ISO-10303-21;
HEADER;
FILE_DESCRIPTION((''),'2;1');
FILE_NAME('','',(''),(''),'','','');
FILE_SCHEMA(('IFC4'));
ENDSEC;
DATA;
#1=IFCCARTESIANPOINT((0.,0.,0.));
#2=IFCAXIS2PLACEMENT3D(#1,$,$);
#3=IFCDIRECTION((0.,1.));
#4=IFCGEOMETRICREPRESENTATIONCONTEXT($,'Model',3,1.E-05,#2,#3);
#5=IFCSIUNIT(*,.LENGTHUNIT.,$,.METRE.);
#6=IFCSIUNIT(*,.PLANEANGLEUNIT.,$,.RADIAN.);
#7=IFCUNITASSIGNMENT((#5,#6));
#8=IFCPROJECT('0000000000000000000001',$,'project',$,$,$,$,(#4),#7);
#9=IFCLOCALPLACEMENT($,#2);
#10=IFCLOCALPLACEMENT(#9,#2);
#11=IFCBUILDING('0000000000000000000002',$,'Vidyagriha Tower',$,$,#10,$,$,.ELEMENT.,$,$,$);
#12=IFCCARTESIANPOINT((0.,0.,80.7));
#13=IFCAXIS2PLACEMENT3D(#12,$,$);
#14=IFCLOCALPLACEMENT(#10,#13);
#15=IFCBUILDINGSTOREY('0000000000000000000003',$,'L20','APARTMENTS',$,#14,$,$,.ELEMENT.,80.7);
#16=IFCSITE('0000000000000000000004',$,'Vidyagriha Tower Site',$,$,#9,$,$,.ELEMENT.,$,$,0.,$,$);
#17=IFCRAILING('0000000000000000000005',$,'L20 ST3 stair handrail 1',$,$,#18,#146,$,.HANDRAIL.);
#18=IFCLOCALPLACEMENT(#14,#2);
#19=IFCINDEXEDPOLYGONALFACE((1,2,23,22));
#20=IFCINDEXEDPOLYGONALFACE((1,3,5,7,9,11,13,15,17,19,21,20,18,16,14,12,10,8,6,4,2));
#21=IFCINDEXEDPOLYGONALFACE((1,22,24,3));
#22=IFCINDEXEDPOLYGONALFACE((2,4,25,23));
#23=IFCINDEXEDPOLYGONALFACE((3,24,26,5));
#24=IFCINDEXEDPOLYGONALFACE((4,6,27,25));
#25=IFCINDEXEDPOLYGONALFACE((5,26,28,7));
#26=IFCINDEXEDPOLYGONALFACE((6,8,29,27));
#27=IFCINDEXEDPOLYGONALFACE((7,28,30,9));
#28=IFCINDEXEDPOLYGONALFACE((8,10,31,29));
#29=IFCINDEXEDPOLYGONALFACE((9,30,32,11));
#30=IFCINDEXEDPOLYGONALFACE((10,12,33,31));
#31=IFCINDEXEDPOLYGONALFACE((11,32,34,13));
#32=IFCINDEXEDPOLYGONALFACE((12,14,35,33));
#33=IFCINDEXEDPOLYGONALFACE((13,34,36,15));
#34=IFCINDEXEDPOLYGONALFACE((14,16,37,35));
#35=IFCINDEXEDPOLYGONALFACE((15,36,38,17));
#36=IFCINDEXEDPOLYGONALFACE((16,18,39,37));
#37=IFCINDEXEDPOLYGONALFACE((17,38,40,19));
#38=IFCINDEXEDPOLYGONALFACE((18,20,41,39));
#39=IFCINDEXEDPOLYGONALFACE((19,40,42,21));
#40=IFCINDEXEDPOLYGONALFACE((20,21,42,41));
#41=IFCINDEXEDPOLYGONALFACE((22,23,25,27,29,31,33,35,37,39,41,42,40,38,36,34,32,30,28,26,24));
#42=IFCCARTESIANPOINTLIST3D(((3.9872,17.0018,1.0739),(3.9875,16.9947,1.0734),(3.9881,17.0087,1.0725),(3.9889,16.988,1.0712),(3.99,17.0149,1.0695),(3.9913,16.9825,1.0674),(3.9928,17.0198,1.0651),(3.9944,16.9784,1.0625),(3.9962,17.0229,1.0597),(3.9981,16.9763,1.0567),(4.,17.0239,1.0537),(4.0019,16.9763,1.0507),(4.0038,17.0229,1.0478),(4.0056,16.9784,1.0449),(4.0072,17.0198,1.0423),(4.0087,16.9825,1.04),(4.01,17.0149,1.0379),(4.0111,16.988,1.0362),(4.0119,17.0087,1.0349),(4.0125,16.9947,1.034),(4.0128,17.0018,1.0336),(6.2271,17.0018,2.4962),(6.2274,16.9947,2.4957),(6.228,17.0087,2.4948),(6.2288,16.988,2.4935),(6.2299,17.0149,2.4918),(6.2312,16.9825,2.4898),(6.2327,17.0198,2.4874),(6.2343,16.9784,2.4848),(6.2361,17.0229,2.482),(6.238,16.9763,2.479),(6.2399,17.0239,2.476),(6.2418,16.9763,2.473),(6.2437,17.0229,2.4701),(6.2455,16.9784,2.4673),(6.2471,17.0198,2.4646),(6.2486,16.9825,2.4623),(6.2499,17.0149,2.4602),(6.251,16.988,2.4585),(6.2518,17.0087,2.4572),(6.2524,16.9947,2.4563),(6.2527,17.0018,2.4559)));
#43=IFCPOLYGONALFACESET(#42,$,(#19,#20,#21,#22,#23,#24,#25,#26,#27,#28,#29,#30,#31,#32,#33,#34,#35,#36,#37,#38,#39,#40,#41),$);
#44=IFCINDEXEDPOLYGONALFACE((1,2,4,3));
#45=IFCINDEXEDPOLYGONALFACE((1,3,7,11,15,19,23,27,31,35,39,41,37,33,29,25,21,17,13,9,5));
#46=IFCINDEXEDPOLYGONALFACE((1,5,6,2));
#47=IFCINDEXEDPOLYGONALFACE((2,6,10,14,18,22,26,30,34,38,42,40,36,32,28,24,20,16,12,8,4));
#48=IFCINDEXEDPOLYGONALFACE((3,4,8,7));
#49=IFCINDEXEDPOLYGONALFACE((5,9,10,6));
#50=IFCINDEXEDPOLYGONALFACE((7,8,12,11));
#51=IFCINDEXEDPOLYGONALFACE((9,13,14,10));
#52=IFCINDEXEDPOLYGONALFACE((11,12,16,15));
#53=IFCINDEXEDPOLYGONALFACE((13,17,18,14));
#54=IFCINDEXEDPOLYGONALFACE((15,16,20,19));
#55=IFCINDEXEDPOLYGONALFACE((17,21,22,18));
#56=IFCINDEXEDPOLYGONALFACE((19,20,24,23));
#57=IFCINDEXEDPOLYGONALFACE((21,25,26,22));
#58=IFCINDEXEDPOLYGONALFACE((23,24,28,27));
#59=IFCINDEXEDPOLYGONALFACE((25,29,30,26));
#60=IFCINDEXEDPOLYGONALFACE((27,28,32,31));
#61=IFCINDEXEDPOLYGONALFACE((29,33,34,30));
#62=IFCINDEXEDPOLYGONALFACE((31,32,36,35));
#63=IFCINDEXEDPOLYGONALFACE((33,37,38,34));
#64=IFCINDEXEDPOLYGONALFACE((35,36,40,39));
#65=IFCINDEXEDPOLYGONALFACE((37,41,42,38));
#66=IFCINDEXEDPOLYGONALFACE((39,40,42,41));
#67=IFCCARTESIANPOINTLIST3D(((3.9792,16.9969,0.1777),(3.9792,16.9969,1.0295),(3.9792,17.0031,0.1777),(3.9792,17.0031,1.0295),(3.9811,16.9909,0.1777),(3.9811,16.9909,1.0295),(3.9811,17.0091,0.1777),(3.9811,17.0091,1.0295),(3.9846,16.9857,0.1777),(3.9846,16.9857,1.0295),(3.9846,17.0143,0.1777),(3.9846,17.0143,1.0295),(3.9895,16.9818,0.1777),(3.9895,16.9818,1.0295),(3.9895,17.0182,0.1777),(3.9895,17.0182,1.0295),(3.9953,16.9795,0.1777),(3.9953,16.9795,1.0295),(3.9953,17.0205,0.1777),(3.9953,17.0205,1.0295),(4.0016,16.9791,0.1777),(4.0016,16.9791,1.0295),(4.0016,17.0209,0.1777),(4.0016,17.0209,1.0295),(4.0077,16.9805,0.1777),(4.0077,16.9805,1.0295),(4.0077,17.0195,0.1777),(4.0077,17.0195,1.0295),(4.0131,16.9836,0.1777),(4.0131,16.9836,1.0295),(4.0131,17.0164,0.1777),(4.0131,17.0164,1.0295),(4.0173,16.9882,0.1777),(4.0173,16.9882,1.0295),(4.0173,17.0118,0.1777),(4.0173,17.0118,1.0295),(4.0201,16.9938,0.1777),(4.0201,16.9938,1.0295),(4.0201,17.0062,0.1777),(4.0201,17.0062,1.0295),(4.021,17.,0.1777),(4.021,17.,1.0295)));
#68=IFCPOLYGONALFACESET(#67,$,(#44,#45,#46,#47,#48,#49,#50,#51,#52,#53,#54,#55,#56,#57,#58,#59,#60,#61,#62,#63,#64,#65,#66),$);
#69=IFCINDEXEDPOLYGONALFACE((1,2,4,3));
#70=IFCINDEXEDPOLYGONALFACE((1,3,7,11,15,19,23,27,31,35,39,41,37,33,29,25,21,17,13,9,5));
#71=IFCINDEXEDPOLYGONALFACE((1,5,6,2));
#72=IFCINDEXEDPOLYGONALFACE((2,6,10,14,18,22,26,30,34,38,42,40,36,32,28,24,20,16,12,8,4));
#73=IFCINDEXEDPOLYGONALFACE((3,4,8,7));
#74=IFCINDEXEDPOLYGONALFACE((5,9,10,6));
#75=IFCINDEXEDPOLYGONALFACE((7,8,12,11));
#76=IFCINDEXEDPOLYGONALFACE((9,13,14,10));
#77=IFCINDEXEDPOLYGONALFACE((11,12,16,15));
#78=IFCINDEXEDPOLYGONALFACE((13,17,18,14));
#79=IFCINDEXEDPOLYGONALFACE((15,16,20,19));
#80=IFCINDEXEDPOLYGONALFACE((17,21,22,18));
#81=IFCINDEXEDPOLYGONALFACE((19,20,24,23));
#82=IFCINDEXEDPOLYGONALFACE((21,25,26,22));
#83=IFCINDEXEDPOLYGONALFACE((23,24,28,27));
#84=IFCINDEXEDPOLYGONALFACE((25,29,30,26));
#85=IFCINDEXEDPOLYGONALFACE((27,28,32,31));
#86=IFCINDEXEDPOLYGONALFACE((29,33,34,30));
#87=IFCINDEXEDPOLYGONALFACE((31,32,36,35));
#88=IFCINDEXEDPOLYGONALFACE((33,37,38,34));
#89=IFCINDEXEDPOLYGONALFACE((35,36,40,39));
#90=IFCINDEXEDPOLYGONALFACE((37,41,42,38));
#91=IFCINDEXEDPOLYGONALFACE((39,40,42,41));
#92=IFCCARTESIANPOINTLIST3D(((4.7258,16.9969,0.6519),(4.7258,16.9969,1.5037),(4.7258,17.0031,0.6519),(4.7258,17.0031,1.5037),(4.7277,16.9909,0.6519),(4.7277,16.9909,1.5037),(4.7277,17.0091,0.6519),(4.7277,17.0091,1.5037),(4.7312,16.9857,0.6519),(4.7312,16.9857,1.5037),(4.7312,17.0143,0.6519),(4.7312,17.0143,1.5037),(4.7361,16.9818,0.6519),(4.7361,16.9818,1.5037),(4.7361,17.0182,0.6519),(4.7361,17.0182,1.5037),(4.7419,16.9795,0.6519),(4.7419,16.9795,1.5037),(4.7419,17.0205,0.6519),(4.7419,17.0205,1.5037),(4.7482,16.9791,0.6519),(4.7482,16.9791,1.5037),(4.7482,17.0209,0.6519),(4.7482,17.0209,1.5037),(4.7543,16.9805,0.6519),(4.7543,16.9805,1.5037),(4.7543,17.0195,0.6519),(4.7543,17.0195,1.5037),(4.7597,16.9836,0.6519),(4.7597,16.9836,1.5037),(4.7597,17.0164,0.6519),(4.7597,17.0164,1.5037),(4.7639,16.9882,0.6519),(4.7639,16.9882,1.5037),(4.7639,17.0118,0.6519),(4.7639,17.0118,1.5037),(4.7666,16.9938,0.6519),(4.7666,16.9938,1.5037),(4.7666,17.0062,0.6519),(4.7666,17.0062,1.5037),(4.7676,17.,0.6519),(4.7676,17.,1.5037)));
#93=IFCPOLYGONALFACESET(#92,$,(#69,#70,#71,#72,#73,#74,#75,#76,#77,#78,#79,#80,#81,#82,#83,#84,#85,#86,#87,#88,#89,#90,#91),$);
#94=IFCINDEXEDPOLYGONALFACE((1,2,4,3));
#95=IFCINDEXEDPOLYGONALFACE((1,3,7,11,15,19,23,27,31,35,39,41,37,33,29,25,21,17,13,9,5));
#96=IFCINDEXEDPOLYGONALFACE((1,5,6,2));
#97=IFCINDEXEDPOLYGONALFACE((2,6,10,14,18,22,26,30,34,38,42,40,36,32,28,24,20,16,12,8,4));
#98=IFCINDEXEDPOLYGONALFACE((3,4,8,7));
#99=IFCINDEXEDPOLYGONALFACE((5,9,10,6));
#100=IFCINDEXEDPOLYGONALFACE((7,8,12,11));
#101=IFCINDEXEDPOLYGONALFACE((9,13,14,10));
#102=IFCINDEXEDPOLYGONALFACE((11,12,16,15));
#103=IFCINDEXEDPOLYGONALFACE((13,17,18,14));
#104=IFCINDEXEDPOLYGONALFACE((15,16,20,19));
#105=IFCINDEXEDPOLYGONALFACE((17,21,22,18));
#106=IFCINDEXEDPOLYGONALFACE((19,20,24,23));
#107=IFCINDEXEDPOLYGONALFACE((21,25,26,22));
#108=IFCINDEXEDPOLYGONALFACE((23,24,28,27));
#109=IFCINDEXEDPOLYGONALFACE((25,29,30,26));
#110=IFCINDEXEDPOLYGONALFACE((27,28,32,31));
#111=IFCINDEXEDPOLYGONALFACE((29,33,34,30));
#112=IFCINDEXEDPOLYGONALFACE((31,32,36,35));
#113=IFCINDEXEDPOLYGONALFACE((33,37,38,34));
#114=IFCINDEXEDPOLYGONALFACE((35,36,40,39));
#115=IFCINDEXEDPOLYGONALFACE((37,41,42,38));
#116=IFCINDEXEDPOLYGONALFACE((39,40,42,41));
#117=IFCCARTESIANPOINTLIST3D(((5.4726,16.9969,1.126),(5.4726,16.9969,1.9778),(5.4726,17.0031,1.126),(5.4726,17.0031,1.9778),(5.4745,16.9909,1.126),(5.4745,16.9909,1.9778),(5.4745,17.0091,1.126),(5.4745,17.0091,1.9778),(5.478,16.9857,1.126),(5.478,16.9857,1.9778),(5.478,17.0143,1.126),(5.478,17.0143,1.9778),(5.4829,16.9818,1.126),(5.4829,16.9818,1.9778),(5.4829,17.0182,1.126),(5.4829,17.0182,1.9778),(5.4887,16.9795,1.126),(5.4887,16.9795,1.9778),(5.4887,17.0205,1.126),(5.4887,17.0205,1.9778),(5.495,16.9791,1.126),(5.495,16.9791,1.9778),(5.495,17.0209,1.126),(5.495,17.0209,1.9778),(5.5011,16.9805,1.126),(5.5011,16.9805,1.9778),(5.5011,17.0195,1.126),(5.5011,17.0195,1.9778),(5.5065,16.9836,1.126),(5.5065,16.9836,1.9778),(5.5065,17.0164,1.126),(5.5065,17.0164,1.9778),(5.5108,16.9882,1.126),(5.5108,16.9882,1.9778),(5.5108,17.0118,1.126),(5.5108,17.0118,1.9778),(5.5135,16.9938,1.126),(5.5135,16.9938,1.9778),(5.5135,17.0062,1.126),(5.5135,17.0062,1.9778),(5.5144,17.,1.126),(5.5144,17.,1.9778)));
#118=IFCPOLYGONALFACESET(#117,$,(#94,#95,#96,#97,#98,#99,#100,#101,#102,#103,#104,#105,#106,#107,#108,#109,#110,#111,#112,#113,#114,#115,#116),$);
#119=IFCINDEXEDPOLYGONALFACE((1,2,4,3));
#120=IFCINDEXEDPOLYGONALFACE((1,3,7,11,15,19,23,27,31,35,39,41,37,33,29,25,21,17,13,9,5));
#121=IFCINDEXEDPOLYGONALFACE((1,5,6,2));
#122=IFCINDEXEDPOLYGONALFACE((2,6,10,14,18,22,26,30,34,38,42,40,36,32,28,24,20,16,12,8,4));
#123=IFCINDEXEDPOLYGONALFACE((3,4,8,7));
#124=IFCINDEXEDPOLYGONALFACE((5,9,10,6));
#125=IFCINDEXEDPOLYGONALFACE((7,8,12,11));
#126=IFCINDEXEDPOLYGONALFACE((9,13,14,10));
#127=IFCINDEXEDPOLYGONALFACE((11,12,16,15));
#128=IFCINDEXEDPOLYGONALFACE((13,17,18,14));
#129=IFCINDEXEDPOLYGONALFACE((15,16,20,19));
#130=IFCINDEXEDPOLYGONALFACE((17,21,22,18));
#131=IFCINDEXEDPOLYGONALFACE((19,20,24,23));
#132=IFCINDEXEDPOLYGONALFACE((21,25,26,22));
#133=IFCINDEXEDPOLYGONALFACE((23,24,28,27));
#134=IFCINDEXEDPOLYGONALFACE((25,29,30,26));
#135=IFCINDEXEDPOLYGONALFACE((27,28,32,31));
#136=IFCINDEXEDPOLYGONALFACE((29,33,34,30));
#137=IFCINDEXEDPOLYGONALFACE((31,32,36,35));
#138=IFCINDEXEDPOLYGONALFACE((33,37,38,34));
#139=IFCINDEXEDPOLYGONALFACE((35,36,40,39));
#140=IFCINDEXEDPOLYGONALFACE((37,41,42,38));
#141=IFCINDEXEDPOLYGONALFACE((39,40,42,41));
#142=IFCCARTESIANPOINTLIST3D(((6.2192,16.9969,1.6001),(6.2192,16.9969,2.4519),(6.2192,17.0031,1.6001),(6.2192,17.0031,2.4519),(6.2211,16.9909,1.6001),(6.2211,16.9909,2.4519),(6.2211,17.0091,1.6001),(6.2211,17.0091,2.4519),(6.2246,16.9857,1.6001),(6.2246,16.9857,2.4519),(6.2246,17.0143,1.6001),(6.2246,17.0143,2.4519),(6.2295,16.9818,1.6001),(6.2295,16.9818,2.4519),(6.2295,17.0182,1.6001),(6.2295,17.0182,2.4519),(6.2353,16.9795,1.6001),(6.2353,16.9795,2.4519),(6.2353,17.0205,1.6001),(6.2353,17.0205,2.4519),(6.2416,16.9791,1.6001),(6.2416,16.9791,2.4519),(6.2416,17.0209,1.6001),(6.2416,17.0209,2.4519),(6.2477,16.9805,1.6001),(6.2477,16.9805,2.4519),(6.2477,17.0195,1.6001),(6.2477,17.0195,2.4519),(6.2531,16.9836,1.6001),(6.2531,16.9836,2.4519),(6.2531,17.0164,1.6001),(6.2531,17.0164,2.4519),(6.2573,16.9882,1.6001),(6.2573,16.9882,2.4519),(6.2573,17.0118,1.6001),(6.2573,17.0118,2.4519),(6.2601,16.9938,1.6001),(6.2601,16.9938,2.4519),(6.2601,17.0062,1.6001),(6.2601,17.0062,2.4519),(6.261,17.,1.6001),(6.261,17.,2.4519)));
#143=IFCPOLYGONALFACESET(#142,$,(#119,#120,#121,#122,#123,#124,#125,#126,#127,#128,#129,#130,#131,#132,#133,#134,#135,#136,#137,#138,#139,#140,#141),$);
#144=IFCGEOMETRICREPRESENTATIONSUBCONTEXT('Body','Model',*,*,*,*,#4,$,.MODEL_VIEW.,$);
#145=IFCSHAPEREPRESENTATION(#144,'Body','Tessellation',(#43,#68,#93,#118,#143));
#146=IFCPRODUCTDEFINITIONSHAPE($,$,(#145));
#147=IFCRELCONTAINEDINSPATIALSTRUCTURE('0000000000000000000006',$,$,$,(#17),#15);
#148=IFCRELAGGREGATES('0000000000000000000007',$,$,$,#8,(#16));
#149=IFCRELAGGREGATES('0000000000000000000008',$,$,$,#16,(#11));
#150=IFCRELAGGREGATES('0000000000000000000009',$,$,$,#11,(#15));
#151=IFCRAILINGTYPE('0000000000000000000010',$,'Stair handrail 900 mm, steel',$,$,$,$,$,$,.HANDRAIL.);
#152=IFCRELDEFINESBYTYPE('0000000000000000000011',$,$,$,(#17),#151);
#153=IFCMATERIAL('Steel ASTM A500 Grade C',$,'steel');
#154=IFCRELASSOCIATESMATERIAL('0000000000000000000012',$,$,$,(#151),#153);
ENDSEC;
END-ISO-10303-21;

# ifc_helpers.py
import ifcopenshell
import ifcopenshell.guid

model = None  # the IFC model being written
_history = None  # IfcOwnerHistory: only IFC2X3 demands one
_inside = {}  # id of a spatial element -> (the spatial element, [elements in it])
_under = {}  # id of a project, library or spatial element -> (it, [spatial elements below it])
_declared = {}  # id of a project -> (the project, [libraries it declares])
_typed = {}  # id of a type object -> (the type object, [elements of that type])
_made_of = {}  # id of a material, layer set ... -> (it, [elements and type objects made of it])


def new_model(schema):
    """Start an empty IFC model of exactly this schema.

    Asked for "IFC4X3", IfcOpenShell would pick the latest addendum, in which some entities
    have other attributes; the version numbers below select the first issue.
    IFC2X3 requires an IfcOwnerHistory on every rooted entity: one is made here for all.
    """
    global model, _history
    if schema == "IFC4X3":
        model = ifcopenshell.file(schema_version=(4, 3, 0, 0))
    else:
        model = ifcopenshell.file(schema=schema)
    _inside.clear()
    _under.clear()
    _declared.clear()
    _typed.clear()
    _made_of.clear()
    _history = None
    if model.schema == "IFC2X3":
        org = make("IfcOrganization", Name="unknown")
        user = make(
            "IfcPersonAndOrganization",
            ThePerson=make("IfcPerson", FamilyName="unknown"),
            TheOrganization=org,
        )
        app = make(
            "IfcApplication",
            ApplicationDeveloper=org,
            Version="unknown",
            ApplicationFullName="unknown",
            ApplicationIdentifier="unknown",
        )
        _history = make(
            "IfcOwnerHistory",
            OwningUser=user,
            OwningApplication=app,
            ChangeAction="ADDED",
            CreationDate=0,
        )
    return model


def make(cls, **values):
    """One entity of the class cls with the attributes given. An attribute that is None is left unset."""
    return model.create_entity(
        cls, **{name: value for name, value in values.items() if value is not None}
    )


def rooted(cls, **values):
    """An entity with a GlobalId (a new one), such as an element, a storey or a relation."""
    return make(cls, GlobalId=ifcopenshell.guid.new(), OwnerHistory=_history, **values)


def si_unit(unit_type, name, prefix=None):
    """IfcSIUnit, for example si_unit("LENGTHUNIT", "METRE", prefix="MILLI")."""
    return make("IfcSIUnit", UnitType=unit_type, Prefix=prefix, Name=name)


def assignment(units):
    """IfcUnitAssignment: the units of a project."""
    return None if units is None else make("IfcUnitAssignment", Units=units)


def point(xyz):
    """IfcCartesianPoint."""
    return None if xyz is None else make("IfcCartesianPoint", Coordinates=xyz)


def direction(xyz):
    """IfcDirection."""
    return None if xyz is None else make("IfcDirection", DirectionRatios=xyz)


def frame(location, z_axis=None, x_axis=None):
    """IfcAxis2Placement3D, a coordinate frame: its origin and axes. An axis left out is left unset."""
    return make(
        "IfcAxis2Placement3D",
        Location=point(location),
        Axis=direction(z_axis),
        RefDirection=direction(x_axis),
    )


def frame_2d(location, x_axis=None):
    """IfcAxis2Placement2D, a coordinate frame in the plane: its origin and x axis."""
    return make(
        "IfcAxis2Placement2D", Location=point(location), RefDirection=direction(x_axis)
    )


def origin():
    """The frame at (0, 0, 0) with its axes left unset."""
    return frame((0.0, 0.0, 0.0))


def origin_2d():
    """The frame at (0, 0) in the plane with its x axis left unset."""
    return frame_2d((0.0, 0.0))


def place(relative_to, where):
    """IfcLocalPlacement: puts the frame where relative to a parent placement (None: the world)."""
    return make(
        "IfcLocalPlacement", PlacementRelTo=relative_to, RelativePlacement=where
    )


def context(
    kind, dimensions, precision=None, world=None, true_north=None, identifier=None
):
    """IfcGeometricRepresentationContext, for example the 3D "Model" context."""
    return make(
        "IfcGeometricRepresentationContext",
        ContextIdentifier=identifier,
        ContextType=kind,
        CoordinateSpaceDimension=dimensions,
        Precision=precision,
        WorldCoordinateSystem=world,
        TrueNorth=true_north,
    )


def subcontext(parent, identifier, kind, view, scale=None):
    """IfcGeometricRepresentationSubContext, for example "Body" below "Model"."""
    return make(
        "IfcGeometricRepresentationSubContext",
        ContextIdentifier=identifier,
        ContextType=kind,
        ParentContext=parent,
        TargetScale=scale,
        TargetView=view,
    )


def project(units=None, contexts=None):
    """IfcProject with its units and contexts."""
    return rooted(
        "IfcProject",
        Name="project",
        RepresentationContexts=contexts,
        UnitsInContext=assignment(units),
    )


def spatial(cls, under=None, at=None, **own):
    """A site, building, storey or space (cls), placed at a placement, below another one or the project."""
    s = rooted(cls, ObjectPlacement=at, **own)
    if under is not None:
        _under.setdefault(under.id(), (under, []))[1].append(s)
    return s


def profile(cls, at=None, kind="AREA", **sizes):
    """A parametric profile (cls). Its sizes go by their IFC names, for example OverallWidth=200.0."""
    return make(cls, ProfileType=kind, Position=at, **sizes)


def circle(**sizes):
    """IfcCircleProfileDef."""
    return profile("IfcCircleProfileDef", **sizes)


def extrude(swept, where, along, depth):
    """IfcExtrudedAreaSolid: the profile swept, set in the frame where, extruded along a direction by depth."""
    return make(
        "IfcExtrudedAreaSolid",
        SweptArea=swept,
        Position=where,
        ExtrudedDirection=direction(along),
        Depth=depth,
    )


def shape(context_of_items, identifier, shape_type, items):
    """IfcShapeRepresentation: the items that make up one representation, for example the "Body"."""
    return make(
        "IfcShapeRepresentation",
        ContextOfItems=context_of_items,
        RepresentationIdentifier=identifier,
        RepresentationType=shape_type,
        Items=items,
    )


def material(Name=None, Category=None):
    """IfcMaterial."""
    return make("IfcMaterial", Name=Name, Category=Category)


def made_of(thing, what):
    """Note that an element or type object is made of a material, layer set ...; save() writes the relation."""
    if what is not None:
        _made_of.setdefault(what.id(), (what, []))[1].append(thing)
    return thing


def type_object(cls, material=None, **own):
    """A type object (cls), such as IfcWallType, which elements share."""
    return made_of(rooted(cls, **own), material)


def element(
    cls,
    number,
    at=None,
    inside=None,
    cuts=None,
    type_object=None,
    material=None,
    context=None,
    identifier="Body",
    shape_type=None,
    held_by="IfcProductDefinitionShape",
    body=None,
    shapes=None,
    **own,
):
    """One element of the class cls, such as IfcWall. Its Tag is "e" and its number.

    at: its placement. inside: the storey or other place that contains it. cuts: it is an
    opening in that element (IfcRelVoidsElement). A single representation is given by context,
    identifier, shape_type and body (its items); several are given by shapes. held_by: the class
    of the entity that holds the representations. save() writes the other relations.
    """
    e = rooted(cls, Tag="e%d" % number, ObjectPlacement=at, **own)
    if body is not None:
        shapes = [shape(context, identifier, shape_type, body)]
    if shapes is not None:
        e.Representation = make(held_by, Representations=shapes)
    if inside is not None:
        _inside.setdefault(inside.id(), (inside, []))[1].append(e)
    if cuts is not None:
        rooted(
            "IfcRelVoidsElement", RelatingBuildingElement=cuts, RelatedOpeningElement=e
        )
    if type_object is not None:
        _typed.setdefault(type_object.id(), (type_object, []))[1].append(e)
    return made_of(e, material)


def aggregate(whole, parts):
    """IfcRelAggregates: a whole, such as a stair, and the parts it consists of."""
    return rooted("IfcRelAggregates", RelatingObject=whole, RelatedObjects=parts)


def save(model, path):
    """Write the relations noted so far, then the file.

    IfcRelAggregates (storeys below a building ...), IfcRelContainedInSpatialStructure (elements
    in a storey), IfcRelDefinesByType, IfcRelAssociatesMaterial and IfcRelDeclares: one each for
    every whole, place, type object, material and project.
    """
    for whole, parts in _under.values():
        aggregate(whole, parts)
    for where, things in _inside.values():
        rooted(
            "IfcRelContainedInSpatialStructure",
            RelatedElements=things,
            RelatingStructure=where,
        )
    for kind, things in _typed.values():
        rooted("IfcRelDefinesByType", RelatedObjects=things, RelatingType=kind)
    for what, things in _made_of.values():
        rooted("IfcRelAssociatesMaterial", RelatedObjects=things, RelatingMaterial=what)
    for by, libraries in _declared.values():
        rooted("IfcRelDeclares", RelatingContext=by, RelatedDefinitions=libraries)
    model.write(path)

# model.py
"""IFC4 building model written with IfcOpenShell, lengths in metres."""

from ifc_helpers import new_model, si_unit, direction, frame, origin, origin_2d, place, context, subcontext, project, spatial, circle, extrude, material, type_object, element, save


model = new_model("IFC4")

# Units and contexts
model_context = context("Model", 3, precision=1e-05, world=origin(), true_north=direction((0.0, 1.0)))
body_context = subcontext(model_context, "Body", "Model", "MODEL_VIEW")
ifc_project = project(units=[si_unit("LENGTHUNIT", "METRE"), si_unit("PLANEANGLEUNIT", "RADIAN")], contexts=[model_context])

# Site, building, storey
site_placement = place(None, origin())
site = spatial("IfcSite", under=ifc_project, at=site_placement, Name="Vidyagriha Tower Site", CompositionType="ELEMENT", RefElevation=0.0)
building_placement = place(site_placement, origin())
building = spatial("IfcBuilding", under=site, at=building_placement, Name="Vidyagriha Tower", CompositionType="ELEMENT")
storey_placement = place(building_placement, frame((0.0, 0.0, 80.7)))
storey = spatial("IfcBuildingStorey", under=building, at=storey_placement, Name="L20", Description="APARTMENTS", CompositionType="ELEMENT", Elevation=80.7)

# Railing
ifc_material_1 = material(Name="Steel ASTM A500 Grade C", Category="steel")
railing_type_1 = type_object("IfcRailingType", Name="Stair handrail 900 mm, steel", PredefinedType="HANDRAIL", material=ifc_material_1)
railing_1_placement = place(storey_placement, frame((4.0, 17.0, 0.1777)))
element("IfcRailing", 1, at=railing_1_placement, inside=storey, type_object=railing_type_1, Name="L20 ST3 stair handrail 1", PredefinedType="HANDRAIL", context=body_context, shape_type="SweptSolid", body=[
    extrude(circle(Radius=0.0239, at=origin_2d()), frame((0.0, 0.0, 0.876), z_axis=(0.844188, 0.0, 0.536048), x_axis=(0.0, 1.0, 0.0)), (0.0, 0.0, 1.0), 2.6533),
    extrude(circle(Radius=0.021, at=origin_2d()), origin(), (0.0, 0.0, 1.0), 0.8518),
    extrude(circle(Radius=0.021, at=origin_2d()), frame((0.7466, 0.0, 0.4741)), (0.0, 0.0, 1.0), 0.8518),
    extrude(circle(Radius=0.021, at=origin_2d()), frame((1.4934, 0.0, 0.9482)), (0.0, 0.0, 1.0), 0.8518),
    extrude(circle(Radius=0.021, at=origin_2d()), frame((2.24, 0.0, 1.4224)), (0.0, 0.0, 1.0), 0.8518),
])

save(model, "model.ifc")
